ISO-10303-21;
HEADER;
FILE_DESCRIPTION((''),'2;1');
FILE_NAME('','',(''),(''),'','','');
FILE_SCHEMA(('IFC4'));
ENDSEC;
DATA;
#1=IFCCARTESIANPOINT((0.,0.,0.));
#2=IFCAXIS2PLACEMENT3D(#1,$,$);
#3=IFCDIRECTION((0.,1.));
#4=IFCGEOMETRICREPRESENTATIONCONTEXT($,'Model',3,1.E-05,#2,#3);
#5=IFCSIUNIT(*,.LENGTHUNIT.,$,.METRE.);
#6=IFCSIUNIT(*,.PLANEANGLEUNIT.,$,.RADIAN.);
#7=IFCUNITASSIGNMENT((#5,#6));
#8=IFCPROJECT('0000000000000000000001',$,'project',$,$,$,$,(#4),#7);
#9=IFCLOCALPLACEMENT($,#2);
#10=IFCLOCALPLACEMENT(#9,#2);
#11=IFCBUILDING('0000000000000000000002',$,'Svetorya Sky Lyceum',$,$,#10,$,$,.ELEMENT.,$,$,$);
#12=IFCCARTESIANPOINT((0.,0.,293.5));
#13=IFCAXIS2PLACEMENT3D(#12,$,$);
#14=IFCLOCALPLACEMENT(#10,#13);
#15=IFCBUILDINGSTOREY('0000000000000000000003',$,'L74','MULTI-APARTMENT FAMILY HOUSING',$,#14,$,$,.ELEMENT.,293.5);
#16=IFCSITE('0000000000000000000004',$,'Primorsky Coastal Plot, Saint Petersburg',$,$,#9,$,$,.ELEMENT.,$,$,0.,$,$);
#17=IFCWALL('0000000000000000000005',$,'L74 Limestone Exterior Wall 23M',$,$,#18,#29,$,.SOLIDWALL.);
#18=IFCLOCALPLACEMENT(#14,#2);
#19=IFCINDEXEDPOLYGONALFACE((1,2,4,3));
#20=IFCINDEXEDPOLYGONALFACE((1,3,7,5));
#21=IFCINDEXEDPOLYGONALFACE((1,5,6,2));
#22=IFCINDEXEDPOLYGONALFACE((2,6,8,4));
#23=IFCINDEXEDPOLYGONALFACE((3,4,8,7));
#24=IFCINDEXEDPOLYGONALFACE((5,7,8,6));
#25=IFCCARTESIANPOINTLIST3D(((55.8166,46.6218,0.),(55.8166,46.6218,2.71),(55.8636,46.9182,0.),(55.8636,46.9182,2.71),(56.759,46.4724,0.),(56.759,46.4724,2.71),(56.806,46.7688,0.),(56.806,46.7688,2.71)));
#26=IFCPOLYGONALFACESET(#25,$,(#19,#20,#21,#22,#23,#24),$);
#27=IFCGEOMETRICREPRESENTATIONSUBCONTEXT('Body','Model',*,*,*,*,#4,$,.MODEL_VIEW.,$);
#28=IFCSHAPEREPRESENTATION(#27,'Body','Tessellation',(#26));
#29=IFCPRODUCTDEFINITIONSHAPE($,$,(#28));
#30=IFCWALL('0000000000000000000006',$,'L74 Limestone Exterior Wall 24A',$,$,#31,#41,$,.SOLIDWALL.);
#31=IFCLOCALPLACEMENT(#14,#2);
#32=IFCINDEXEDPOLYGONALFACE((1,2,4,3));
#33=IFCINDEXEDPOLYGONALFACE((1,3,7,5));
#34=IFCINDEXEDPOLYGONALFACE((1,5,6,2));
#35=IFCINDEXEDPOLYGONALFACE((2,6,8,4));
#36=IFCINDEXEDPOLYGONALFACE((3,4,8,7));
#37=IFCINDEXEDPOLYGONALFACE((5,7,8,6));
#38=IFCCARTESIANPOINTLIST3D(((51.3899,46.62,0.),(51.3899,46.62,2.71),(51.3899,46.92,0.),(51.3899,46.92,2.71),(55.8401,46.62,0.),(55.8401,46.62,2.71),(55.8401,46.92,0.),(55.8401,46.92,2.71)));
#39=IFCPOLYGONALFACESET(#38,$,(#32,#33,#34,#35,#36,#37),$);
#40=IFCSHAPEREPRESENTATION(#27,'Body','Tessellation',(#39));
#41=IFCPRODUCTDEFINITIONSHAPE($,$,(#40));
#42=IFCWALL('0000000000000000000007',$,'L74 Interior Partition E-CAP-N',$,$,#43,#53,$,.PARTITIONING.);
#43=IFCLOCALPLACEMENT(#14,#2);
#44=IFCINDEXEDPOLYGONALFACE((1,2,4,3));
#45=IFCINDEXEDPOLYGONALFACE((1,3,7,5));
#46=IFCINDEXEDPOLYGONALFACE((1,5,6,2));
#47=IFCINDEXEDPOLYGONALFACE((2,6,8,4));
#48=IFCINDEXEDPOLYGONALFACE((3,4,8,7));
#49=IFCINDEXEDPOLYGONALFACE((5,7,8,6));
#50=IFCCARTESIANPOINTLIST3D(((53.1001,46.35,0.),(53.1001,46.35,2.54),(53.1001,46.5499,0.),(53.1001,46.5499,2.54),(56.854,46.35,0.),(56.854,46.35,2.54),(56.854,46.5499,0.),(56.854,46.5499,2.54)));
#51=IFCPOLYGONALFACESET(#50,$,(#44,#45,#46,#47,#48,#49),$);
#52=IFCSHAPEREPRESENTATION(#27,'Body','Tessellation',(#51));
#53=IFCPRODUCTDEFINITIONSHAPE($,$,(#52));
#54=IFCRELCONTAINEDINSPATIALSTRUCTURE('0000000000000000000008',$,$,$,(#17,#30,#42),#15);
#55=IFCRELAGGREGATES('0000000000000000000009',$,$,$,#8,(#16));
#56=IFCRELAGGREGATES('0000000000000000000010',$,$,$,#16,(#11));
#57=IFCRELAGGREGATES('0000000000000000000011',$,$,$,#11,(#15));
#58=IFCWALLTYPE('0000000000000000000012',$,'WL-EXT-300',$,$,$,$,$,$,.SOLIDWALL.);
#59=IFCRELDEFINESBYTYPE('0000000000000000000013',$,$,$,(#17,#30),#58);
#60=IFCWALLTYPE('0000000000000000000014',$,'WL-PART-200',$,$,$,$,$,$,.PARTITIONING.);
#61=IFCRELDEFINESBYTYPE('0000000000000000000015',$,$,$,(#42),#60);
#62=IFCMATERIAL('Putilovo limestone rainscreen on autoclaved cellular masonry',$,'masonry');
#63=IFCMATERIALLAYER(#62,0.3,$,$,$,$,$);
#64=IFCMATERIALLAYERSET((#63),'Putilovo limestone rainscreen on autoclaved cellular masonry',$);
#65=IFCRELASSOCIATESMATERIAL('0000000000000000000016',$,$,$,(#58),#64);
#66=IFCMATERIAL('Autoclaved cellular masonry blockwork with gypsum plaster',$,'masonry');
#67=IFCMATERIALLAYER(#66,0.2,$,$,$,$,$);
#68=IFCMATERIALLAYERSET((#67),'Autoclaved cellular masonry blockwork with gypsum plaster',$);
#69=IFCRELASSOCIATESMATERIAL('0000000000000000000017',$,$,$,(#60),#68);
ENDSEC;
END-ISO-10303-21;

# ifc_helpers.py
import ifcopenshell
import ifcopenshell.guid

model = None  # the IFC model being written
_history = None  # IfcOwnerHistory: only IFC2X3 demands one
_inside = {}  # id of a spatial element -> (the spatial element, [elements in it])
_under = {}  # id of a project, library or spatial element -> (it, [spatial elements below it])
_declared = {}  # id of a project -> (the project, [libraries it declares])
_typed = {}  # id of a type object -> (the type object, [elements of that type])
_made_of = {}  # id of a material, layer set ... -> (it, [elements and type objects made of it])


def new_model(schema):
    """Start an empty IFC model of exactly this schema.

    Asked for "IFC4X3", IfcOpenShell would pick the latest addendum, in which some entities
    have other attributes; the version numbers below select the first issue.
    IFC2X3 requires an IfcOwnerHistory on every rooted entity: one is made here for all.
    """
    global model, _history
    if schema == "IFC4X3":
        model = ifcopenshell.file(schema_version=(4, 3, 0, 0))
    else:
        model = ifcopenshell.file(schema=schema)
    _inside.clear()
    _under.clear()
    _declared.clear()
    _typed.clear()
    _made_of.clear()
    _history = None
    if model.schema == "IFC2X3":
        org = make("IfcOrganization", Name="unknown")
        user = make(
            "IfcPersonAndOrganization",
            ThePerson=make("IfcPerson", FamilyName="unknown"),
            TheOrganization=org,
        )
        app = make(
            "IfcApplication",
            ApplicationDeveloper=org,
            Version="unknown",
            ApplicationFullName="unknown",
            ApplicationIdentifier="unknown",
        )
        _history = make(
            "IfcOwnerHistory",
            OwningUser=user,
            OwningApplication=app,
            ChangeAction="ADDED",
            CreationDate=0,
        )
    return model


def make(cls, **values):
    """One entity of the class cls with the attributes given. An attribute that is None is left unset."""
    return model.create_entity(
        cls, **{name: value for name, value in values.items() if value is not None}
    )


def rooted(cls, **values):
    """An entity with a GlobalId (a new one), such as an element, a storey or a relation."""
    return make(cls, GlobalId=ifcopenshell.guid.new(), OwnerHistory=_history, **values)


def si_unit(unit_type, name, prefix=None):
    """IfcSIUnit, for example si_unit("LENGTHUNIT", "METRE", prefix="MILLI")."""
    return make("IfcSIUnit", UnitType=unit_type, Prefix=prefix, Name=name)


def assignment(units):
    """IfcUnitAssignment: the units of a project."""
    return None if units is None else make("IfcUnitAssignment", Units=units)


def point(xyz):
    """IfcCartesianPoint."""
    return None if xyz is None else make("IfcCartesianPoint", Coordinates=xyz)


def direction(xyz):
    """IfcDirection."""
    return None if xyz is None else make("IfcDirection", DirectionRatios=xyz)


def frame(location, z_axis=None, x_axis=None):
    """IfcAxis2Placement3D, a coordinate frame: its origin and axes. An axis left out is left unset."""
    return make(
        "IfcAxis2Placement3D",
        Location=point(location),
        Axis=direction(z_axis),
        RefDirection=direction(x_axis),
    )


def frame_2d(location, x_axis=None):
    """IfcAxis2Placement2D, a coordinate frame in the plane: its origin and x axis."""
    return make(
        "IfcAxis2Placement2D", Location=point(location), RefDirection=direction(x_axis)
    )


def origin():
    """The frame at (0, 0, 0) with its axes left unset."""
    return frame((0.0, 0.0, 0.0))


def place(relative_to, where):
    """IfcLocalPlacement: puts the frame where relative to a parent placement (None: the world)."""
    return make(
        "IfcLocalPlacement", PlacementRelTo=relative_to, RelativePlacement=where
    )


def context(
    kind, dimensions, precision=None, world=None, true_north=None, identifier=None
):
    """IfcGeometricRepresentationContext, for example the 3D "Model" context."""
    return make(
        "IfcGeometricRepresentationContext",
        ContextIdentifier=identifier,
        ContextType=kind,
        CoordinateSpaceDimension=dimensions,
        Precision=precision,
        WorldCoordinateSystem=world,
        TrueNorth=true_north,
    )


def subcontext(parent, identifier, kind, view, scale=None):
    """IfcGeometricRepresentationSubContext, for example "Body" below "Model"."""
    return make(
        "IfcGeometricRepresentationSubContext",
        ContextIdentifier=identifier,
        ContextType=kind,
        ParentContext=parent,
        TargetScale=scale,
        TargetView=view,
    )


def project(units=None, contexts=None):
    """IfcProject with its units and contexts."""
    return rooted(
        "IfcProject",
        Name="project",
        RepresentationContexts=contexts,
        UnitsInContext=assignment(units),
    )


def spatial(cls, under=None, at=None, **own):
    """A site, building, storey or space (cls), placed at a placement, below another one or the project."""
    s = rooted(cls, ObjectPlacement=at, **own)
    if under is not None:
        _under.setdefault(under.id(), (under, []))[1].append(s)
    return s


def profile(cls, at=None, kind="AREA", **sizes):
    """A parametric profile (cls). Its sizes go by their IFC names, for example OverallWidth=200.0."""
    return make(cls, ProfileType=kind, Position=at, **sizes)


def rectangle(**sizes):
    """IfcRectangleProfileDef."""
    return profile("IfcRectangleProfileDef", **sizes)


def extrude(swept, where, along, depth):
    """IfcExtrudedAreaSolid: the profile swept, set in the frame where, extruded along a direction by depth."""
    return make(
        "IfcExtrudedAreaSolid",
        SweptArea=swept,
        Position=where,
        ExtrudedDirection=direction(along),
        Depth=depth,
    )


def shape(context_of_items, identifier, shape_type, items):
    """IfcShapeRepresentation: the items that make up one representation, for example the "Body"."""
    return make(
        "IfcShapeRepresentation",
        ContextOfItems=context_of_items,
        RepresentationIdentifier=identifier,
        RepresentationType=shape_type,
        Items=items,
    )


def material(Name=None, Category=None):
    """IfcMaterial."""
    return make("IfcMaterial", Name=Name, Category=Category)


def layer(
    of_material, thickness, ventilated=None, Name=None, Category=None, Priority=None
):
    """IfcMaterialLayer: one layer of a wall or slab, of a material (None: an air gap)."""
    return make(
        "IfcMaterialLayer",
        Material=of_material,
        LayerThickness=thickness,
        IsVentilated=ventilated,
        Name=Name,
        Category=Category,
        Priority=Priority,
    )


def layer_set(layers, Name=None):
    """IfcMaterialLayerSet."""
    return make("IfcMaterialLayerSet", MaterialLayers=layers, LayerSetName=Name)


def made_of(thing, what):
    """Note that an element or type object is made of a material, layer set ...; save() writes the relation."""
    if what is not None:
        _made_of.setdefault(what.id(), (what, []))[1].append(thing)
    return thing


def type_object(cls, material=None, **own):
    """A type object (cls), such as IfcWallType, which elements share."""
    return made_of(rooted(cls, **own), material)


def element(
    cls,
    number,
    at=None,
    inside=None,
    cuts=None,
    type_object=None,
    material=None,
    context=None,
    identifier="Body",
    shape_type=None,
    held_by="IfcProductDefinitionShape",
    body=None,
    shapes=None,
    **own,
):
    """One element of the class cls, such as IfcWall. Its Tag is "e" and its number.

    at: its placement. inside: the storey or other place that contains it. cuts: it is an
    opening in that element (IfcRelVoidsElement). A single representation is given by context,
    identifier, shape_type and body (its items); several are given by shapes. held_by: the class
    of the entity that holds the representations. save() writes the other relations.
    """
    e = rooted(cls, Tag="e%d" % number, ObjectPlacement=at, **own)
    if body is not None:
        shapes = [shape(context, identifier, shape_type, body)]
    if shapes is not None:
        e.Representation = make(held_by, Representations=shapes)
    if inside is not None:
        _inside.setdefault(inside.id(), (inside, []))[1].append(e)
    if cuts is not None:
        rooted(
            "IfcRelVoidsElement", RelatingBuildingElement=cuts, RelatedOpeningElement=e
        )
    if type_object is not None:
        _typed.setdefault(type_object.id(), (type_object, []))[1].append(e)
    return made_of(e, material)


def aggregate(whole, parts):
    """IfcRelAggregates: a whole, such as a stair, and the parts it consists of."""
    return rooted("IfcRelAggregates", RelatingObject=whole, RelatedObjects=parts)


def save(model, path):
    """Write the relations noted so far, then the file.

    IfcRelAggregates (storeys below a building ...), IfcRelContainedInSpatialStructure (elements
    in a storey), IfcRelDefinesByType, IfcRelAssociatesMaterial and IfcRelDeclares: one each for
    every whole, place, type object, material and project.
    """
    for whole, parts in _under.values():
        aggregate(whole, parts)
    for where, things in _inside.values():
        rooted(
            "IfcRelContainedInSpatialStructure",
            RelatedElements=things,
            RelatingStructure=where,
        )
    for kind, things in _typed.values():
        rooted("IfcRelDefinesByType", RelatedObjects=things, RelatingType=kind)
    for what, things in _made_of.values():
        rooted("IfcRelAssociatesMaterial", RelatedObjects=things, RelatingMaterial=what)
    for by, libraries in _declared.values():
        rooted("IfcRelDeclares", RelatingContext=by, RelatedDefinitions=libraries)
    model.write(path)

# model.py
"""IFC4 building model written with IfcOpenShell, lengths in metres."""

from ifc_helpers import new_model, si_unit, direction, frame, frame_2d, origin, place, context, subcontext, project, spatial, rectangle, extrude, material, layer, layer_set, type_object, element, save


model = new_model("IFC4")

# Units and contexts
model_context = context("Model", 3, precision=1e-05, world=origin(), true_north=direction((0.0, 1.0)))
body_context = subcontext(model_context, "Body", "Model", "MODEL_VIEW")
ifc_project = project(units=[si_unit("LENGTHUNIT", "METRE"), si_unit("PLANEANGLEUNIT", "RADIAN")], contexts=[model_context])

# Site, building, storey
site_placement = place(None, origin())
site = spatial("IfcSite", under=ifc_project, at=site_placement, Name="Primorsky Coastal Plot, Saint Petersburg", CompositionType="ELEMENT", RefElevation=0.0)
building_placement = place(site_placement, origin())
building = spatial("IfcBuilding", under=site, at=building_placement, Name="Svetorya Sky Lyceum", CompositionType="ELEMENT")
storey_placement = place(building_placement, frame((0.0, 0.0, 293.5)))
storey = spatial("IfcBuildingStorey", under=building, at=storey_placement, Name="L74", Description="MULTI-APARTMENT FAMILY HOUSING", CompositionType="ELEMENT", Elevation=293.5)

# Walls
ifc_material_1 = material(Name="Putilovo limestone rainscreen on autoclaved cellular masonry", Category="masonry")
ifc_layer_1 = layer(ifc_material_1, 0.3)
ifc_layer_set_1 = layer_set([ifc_layer_1], Name="Putilovo limestone rainscreen on autoclaved cellular masonry")
wall_type_1 = type_object("IfcWallType", Name="WL-EXT-300", PredefinedType="SOLIDWALL", material=ifc_layer_set_1)
wall_1_placement = place(storey_placement, frame((56.7825, 46.6206, 0.0), z_axis=(0.0, 0.0, 1.0), x_axis=(-0.987663, 0.156593, 0.0)))
element("IfcWall", 1, at=wall_1_placement, inside=storey, type_object=wall_type_1, Name="L74 Limestone Exterior Wall 23M", PredefinedType="SOLIDWALL", context=body_context, shape_type="SweptSolid", body=[
    extrude(rectangle(XDim=0.9541, YDim=0.3, at=frame_2d((0.4771, 0.0))), origin(), (0.0, 0.0, 1.0), 2.71),
])
wall_2_placement = place(storey_placement, frame((55.8401, 46.77, 0.0), z_axis=(0.0, 0.0, 1.0), x_axis=(-1.0, 0.0, 0.0)))
element("IfcWall", 2, at=wall_2_placement, inside=storey, type_object=wall_type_1, Name="L74 Limestone Exterior Wall 24A", PredefinedType="SOLIDWALL", context=body_context, shape_type="SweptSolid", body=[
    extrude(rectangle(XDim=4.4502, YDim=0.3, at=frame_2d((2.2251, 0.0))), origin(), (0.0, 0.0, 1.0), 2.71),
])

# Shared definitions
ifc_material_2 = material(Name="Autoclaved cellular masonry blockwork with gypsum plaster", Category="masonry")
ifc_layer_2 = layer(ifc_material_2, 0.2)
ifc_layer_set_2 = layer_set([ifc_layer_2], Name="Autoclaved cellular masonry blockwork with gypsum plaster")
wall_type_2 = type_object("IfcWallType", Name="WL-PART-200", PredefinedType="PARTITIONING", material=ifc_layer_set_2)

# Wall
wall_3_placement = place(storey_placement, frame((53.1001, 46.45, 0.0), z_axis=(0.0, 0.0, 1.0), x_axis=(1.0, 0.0, 0.0)))
element("IfcWall", 3, at=wall_3_placement, inside=storey, type_object=wall_type_2, Name="L74 Interior Partition E-CAP-N", PredefinedType="PARTITIONING", context=body_context, shape_type="SweptSolid", body=[
    extrude(rectangle(XDim=3.7539, YDim=0.2, at=frame_2d((1.877, 0.0))), origin(), (0.0, 0.0, 1.0), 2.54),
])

save(model, "model.ifc")
